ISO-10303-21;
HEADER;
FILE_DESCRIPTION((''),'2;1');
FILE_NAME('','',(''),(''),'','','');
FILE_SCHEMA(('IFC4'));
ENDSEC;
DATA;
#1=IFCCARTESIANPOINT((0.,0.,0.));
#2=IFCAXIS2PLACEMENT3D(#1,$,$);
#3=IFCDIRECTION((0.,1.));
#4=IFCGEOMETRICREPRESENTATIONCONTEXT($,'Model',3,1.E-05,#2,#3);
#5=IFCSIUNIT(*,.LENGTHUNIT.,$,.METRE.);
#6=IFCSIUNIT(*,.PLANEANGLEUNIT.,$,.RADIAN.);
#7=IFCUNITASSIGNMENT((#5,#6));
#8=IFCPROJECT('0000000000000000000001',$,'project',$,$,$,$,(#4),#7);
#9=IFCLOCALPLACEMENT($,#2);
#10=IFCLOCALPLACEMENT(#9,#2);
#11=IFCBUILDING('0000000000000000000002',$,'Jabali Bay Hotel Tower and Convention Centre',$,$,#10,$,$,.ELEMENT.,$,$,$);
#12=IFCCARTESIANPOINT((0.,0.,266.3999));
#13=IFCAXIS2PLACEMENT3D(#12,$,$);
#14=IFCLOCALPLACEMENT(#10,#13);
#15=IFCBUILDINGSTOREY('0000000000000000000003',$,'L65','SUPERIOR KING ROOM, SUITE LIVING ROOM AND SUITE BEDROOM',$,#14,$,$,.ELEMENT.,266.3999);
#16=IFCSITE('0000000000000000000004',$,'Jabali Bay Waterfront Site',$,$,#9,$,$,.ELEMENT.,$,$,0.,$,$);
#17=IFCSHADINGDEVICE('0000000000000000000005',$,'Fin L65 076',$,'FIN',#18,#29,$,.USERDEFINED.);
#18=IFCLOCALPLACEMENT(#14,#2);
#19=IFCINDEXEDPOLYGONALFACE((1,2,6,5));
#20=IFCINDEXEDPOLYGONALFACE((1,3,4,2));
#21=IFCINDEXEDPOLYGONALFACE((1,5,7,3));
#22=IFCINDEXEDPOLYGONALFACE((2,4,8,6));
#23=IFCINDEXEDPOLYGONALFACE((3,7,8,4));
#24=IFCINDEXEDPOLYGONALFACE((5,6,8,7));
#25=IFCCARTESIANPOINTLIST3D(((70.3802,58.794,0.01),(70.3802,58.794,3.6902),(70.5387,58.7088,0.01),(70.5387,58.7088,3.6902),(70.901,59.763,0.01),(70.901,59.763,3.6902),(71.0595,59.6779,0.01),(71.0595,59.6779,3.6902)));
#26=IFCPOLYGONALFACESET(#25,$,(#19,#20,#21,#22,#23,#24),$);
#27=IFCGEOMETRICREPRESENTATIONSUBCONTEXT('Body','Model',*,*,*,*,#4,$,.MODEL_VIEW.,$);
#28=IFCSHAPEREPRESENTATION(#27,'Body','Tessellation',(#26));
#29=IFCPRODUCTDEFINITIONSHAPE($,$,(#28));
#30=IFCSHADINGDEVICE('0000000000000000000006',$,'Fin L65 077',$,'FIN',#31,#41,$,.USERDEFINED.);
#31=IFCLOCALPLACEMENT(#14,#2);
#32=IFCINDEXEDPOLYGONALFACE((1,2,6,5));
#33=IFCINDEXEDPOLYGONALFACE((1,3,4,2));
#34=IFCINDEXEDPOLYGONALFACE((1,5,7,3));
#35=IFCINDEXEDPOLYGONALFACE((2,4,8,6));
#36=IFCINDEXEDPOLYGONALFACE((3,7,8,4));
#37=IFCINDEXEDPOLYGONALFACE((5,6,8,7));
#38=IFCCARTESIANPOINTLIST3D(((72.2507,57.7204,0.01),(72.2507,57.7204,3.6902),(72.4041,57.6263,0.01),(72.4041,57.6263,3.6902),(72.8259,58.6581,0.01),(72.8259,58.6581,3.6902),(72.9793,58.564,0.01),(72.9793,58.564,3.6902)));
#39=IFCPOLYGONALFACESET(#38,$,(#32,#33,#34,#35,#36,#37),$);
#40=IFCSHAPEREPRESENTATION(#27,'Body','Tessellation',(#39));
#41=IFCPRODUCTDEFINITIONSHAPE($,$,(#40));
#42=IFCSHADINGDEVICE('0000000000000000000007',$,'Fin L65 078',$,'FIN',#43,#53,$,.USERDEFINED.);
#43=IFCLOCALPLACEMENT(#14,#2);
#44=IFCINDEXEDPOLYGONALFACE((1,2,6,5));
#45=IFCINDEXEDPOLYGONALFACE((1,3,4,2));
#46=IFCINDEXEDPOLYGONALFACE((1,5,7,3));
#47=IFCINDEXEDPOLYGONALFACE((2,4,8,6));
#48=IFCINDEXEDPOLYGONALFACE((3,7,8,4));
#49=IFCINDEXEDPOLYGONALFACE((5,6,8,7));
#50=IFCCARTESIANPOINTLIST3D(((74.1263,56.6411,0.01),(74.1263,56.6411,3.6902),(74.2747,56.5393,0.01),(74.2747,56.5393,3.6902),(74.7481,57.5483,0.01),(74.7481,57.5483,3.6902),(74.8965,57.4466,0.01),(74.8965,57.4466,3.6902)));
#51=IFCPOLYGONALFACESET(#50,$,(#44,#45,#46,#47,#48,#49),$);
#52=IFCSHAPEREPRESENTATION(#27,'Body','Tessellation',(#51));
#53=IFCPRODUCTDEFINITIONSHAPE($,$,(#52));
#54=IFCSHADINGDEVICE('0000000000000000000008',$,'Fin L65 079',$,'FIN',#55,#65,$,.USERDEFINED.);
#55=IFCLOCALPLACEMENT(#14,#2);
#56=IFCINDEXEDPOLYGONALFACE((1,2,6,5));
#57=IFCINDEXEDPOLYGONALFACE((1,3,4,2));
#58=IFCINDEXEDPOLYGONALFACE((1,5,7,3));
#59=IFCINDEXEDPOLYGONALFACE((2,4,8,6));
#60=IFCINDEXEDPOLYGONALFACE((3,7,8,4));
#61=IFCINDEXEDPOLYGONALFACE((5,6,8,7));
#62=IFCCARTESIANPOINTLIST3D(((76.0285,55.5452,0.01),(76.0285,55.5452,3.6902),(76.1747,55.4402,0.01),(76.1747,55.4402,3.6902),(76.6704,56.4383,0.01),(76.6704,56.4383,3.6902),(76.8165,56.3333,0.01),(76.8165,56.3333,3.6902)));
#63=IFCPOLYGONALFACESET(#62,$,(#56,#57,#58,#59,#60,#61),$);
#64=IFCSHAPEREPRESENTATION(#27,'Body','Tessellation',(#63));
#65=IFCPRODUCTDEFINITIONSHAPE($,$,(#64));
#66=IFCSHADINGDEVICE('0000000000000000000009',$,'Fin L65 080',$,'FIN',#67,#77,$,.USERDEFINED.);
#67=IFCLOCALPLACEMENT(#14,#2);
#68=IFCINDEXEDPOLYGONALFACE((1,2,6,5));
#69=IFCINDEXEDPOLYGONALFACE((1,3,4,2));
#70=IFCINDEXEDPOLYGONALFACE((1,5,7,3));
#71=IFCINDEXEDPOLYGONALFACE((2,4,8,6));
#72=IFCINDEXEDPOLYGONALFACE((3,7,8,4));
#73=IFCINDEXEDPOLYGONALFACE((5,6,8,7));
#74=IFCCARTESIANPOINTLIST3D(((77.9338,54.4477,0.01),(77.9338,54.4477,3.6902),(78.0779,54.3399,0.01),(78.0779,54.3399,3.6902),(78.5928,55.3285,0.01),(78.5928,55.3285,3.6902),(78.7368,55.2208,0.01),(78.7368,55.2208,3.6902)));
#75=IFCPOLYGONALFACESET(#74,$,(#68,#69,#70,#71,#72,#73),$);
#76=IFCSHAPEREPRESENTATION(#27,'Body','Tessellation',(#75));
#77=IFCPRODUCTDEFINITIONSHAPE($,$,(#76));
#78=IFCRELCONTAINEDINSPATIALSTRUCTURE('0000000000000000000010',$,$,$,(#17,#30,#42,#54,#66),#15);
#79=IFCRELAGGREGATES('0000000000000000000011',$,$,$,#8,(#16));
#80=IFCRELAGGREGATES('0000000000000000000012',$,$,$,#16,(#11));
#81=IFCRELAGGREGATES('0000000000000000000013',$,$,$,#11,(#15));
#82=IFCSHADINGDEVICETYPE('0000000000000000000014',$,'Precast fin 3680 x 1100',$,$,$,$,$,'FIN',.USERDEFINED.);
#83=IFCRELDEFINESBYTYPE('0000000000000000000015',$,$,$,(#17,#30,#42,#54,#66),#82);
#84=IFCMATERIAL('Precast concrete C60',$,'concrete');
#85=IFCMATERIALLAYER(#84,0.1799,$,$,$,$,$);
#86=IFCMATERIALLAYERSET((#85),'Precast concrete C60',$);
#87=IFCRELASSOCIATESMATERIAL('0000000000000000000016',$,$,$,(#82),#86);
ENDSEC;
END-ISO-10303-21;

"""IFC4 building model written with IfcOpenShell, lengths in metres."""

from ifc_helpers import new_model, si_unit, direction, frame, frame_2d, origin, place, context, subcontext, project, spatial, rectangle, extrude, material, layer, layer_set, type_object, element, save


model = new_model("IFC4")

# Units and contexts
model_context = context("Model", 3, precision=1e-05, world=origin(), true_north=direction((0.0, 1.0)))
body_context = subcontext(model_context, "Body", "Model", "MODEL_VIEW")
ifc_project = project(units=[si_unit("LENGTHUNIT", "METRE"), si_unit("PLANEANGLEUNIT", "RADIAN")], contexts=[model_context])

# Site, building, storey
site_placement = place(None, origin())
site = spatial("IfcSite", under=ifc_project, at=site_placement, Name="Jabali Bay Waterfront Site", CompositionType="ELEMENT", RefElevation=0.0)
building_placement = place(site_placement, origin())
building = spatial("IfcBuilding", under=site, at=building_placement, Name="Jabali Bay Hotel Tower and Convention Centre", CompositionType="ELEMENT")
storey_placement = place(building_placement, frame((0.0, 0.0, 266.3999)))
storey = spatial("IfcBuildingStorey", under=building, at=storey_placement, Name="L65", Description="SUPERIOR KING ROOM, SUITE LIVING ROOM AND SUITE BEDROOM", CompositionType="ELEMENT", Elevation=266.3999)

# Shading devices
ifc_material_1 = material(Name="Precast concrete C60", Category="concrete")
ifc_layer_1 = layer(ifc_material_1, 0.1799)
ifc_layer_set_1 = layer_set([ifc_layer_1], Name="Precast concrete C60")
shading_device_type = type_object("IfcShadingDeviceType", Name="Precast fin 3680 x 1100", ElementType="FIN", PredefinedType="USERDEFINED", material=ifc_layer_set_1)
for number, where, z_axis, x_axis, name in (
    (1, (70.9802, 59.7205, 0.01), (0.0, 0.0, 1.0), (-0.473385, -0.880856, 0.0), "Fin L65 076"),
    (2, (72.9026, 58.6111, 0.01), (0.0, 0.0, 1.0), (-0.522859, -0.852419, 0.0), "Fin L65 077"),
):
    element("IfcShadingDevice", number, at=place(storey_placement, frame(where, z_axis=z_axis, x_axis=x_axis)), inside=storey, type_object=shading_device_type, Name=name, ObjectType="FIN", PredefinedType="USERDEFINED", context=body_context, shape_type="SweptSolid", body=[
        extrude(rectangle(XDim=1.1001, YDim=0.1799, at=frame_2d((0.55, 0.0))), origin(), (0.0, 0.0, 1.0), 3.6802),
    ])
for number, where, z_axis, x_axis, name in (
    (3, (74.8223, 57.4973, 0.01), (0.0, 0.0, 1.0), (-0.56536, -0.824844, 0.0), "Fin L65 078"),
    (4, (76.7434, 56.3857, 0.01), (0.0, 0.0, 1.0), (-0.583609, -0.812035, 0.0), "Fin L65 079"),
):
    element("IfcShadingDevice", number, at=place(storey_placement, frame(where, z_axis=z_axis, x_axis=x_axis)), inside=storey, type_object=shading_device_type, Name=name, ObjectType="FIN", PredefinedType="USERDEFINED", context=body_context, shape_type="SweptSolid", body=[
        extrude(rectangle(XDim=1.0999, YDim=0.1799, at=frame_2d((0.5498, 0.0))), origin(), (0.0, 0.0, 1.0), 3.6802),
    ])
shading_device_1_placement = place(storey_placement, frame((78.6648, 55.2747, 0.01), z_axis=(0.0, 0.0, 1.0), x_axis=(-0.599005, -0.800745, 0.0)))
element("IfcShadingDevice", 5, at=shading_device_1_placement, inside=storey, type_object=shading_device_type, Name="Fin L65 080", ObjectType="FIN", PredefinedType="USERDEFINED", context=body_context, shape_type="SweptSolid", body=[
    extrude(rectangle(XDim=1.1001, YDim=0.1799, at=frame_2d((0.55, 0.0))), origin(), (0.0, 0.0, 1.0), 3.6802),
])

save(model, "model.ifc")
